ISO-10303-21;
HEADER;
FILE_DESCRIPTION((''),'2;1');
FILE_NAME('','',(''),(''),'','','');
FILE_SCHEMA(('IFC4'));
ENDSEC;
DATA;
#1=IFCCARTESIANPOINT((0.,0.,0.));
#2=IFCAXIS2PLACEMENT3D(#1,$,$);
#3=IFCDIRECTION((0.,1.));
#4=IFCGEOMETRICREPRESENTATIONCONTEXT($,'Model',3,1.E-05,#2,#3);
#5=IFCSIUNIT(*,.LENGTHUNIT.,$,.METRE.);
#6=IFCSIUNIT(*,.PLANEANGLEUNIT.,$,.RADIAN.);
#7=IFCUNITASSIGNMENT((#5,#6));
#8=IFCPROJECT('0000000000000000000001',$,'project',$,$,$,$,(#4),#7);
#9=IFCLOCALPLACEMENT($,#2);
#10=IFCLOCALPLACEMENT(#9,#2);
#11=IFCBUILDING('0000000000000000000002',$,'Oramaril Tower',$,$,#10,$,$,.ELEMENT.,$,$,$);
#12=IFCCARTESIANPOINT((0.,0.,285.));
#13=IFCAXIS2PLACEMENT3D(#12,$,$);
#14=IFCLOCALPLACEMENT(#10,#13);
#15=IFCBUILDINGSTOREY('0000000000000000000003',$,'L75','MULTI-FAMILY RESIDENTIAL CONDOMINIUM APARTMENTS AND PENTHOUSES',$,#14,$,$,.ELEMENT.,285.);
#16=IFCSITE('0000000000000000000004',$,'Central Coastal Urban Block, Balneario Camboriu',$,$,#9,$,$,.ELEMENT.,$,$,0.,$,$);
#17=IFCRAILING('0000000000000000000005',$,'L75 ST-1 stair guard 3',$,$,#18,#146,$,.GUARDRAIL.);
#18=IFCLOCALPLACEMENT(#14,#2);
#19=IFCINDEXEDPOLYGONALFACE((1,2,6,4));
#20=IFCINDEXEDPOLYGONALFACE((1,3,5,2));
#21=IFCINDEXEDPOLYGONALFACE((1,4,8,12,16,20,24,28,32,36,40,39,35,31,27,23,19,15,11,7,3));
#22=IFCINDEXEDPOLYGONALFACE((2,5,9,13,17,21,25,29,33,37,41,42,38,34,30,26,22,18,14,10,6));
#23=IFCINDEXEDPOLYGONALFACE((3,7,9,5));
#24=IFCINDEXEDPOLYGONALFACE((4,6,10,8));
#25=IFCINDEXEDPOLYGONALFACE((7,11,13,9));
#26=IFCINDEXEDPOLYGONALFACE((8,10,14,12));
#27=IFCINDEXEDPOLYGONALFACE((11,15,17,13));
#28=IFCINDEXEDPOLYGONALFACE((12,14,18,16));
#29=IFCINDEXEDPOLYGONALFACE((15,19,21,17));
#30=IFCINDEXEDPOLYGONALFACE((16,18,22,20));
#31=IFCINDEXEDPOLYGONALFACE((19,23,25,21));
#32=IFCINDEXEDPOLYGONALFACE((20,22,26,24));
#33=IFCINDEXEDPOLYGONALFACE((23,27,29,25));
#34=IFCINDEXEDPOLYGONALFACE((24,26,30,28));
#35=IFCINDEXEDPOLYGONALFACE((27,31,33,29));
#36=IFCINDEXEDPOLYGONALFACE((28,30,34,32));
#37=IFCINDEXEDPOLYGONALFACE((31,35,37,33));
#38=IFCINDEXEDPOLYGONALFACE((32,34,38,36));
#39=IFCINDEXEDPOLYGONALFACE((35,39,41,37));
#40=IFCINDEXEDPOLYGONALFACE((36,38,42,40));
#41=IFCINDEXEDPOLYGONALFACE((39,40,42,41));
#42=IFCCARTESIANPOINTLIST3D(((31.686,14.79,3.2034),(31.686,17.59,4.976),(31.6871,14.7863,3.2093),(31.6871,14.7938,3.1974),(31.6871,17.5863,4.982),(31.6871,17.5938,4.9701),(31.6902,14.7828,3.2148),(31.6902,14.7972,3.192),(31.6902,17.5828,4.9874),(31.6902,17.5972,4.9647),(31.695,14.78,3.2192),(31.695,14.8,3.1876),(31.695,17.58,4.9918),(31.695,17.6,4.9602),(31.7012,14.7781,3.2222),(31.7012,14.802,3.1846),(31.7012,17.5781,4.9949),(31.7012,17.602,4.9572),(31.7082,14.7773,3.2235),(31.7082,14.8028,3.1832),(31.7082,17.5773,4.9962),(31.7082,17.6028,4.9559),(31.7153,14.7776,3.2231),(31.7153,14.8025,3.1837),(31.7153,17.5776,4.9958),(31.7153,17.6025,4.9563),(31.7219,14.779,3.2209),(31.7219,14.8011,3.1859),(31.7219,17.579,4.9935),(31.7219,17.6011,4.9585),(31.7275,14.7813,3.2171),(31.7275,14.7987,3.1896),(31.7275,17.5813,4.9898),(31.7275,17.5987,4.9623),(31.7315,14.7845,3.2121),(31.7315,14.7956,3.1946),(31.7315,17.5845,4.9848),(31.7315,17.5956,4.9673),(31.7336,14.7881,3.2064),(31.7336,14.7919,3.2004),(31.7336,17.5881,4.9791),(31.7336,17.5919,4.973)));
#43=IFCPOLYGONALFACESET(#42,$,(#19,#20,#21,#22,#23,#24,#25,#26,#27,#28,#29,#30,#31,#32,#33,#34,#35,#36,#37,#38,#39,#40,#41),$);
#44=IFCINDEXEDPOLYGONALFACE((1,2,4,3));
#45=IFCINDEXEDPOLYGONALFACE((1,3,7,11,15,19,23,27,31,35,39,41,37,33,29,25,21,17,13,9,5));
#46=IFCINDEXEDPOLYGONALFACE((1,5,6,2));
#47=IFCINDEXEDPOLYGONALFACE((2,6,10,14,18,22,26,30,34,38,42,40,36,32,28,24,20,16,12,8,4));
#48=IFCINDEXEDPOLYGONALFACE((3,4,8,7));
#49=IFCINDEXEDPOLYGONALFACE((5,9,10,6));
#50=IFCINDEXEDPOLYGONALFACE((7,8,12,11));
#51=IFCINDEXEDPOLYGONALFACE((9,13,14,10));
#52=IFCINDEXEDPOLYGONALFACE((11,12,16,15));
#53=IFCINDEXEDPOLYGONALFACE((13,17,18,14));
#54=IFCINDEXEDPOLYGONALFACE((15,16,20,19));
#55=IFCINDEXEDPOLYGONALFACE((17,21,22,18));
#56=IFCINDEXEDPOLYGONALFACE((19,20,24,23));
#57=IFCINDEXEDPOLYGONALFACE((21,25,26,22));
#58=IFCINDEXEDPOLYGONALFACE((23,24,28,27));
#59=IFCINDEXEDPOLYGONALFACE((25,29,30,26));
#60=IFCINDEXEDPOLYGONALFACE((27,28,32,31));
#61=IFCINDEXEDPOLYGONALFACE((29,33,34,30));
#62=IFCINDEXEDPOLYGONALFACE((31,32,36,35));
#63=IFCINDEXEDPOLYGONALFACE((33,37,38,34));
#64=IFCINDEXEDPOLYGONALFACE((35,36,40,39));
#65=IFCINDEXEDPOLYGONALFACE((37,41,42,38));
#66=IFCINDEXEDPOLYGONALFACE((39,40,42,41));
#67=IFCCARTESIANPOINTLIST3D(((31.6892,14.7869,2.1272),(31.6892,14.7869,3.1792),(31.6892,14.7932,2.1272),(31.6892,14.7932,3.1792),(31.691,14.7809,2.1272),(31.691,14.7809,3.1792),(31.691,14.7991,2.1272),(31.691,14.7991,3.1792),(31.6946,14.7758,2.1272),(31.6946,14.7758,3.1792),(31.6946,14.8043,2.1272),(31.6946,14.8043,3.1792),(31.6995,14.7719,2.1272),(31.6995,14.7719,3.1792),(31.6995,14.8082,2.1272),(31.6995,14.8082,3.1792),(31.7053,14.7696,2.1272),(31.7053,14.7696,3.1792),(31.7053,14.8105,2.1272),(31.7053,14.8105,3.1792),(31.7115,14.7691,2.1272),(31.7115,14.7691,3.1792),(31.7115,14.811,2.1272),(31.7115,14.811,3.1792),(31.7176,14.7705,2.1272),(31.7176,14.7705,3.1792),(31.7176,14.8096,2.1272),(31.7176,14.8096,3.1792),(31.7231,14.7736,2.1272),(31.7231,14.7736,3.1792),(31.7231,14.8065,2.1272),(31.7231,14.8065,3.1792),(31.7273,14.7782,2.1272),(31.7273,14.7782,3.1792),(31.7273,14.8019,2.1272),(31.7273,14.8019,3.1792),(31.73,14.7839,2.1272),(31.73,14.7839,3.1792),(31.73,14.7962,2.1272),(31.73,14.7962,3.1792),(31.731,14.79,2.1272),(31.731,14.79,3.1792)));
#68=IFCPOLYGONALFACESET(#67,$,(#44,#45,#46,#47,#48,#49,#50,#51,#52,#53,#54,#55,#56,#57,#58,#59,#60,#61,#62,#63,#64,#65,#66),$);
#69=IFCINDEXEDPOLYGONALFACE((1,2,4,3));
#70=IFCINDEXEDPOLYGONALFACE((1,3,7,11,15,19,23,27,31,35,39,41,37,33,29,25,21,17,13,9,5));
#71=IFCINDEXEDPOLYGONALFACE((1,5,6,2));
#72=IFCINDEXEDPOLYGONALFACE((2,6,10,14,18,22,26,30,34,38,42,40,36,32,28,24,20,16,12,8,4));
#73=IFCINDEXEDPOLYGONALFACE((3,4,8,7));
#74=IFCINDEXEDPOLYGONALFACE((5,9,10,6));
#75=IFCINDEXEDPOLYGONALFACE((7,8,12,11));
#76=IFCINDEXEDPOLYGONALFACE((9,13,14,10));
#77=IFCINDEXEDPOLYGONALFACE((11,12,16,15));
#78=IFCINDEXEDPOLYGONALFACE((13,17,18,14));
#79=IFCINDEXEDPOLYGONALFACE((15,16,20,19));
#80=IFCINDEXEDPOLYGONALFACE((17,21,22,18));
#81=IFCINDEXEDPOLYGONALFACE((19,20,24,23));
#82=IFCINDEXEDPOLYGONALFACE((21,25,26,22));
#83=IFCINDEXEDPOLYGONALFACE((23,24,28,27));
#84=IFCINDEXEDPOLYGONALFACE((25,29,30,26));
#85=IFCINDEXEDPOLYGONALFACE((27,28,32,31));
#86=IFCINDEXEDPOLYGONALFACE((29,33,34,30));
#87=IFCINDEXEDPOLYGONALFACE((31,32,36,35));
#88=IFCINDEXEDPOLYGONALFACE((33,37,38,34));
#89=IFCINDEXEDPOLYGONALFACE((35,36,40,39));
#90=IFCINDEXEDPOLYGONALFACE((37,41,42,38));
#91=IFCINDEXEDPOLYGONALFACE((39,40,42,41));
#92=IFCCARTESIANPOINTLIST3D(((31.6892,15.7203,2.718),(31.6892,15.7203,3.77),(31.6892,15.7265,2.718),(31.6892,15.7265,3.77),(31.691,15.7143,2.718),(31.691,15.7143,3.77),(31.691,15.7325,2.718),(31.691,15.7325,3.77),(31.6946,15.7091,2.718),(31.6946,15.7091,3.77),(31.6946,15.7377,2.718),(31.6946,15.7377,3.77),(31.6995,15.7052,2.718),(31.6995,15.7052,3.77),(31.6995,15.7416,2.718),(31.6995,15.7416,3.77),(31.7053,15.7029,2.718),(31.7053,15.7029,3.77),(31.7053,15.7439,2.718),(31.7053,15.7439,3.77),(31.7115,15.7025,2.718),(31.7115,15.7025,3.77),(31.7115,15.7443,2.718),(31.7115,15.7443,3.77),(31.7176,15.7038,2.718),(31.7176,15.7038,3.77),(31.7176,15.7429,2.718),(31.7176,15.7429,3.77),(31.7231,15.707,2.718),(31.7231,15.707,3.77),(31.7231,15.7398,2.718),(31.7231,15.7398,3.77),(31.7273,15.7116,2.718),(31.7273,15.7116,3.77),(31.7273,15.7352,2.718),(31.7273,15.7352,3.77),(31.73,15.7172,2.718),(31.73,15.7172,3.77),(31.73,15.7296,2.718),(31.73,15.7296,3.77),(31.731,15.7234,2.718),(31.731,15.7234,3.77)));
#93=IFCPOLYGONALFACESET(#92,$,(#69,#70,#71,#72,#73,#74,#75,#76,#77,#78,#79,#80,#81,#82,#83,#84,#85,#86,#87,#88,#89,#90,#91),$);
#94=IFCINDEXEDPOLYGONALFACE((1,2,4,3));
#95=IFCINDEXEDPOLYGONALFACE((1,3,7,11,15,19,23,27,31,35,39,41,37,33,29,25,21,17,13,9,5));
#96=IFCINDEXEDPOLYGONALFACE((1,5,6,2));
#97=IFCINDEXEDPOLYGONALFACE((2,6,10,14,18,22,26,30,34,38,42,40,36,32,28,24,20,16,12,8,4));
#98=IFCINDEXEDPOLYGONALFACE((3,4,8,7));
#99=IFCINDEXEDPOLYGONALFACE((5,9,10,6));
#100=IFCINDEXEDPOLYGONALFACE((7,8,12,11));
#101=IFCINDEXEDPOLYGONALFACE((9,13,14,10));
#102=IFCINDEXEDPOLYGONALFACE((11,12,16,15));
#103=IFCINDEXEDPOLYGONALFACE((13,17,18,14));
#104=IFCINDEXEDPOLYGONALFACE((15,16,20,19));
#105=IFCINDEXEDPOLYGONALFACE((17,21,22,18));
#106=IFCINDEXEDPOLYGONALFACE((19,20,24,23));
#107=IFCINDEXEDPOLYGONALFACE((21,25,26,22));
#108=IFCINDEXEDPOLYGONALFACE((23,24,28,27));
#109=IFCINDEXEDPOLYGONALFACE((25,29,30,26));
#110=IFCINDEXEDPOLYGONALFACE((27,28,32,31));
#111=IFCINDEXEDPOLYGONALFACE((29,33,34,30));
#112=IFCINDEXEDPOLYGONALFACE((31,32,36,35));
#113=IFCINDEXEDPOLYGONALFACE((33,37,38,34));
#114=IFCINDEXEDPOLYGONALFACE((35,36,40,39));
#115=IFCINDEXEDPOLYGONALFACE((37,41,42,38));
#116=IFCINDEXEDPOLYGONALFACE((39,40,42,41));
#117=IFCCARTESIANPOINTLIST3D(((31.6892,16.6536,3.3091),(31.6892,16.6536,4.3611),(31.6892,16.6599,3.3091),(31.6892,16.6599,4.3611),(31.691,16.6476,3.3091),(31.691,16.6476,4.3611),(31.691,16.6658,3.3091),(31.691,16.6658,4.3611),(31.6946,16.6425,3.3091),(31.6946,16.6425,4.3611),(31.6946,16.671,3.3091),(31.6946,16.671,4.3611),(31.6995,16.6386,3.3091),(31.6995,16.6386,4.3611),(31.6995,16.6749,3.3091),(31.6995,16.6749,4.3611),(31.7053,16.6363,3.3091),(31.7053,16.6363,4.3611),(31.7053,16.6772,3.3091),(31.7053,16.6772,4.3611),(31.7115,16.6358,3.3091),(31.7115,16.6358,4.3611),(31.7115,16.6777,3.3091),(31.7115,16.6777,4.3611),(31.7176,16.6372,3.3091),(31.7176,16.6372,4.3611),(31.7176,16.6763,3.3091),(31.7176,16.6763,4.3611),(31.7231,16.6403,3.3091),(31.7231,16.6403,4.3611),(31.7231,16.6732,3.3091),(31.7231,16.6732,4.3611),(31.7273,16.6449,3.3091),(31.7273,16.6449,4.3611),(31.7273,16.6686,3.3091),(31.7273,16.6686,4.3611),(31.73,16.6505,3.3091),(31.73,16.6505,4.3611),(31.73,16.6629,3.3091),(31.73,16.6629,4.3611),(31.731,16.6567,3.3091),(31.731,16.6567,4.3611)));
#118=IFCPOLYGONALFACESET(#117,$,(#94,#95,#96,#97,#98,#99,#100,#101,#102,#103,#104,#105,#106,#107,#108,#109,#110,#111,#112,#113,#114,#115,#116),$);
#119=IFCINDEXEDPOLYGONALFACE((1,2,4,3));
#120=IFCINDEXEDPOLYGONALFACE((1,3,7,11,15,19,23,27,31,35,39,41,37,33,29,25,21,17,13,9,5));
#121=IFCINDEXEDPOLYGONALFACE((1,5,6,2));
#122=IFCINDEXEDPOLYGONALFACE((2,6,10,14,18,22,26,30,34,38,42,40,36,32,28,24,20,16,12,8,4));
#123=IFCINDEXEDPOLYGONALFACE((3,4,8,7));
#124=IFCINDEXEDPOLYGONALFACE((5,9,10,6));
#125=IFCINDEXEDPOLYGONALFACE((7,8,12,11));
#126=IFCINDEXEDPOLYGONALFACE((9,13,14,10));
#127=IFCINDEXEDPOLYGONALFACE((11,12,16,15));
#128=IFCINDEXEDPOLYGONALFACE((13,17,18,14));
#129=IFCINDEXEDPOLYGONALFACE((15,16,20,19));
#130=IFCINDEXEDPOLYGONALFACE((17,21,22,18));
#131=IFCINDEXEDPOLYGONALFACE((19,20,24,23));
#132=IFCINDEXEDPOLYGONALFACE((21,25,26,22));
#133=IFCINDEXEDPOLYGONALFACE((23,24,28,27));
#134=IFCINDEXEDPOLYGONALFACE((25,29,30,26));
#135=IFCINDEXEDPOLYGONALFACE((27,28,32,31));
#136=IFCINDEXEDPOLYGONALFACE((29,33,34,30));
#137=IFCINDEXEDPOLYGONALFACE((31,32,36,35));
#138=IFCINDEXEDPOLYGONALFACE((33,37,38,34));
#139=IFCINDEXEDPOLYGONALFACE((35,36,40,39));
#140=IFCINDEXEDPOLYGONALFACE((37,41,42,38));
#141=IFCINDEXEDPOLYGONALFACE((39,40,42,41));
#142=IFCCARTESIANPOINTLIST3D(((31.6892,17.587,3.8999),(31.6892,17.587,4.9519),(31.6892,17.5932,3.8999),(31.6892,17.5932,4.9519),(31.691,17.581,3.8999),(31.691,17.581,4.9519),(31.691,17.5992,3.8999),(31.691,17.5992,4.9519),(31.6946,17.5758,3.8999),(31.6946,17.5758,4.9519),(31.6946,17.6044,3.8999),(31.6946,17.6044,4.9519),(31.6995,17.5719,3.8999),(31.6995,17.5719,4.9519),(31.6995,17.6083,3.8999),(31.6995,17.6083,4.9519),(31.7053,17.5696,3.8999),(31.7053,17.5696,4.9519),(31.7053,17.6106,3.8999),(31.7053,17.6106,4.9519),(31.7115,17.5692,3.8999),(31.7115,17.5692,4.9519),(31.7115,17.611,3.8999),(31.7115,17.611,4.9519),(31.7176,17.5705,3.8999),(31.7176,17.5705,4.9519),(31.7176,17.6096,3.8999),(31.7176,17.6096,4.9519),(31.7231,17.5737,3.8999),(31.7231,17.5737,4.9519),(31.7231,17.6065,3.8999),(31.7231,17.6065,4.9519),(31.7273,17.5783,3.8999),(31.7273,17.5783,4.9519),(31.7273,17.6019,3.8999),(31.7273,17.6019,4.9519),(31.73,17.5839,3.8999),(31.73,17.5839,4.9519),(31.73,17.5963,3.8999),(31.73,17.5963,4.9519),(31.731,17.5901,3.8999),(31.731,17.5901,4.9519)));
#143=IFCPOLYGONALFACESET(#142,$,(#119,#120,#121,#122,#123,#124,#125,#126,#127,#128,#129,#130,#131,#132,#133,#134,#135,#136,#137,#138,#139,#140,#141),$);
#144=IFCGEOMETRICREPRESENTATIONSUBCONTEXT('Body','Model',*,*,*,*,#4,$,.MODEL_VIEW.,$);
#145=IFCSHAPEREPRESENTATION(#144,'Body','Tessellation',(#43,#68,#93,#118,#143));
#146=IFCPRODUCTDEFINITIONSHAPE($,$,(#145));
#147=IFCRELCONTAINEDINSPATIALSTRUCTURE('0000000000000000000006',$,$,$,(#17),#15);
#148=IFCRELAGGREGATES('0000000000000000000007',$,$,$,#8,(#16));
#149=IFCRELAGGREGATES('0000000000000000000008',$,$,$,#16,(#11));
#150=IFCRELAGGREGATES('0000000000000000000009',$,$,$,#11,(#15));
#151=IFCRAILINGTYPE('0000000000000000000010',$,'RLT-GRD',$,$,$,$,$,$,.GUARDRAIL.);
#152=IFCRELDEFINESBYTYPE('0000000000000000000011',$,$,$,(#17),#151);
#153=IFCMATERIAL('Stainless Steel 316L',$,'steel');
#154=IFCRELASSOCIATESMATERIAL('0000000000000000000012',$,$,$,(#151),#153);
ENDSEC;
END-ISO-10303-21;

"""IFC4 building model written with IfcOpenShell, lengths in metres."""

from ifc_helpers import new_model, si_unit, direction, frame, origin, origin_2d, place, context, subcontext, project, spatial, circle, extrude, material, type_object, element, save


model = new_model("IFC4")

# Units and contexts
model_context = context("Model", 3, precision=1e-05, world=origin(), true_north=direction((0.0, 1.0)))
body_context = subcontext(model_context, "Body", "Model", "MODEL_VIEW")
ifc_project = project(units=[si_unit("LENGTHUNIT", "METRE"), si_unit("PLANEANGLEUNIT", "RADIAN")], contexts=[model_context])

# Site, building, storey
site_placement = place(None, origin())
site = spatial("IfcSite", under=ifc_project, at=site_placement, Name="Central Coastal Urban Block, Balneario Camboriu", CompositionType="ELEMENT", RefElevation=0.0)
building_placement = place(site_placement, origin())
building = spatial("IfcBuilding", under=site, at=building_placement, Name="Oramaril Tower", CompositionType="ELEMENT")
storey_placement = place(building_placement, frame((0.0, 0.0, 285.0)))
storey = spatial("IfcBuildingStorey", under=building, at=storey_placement, Name="L75", Description="MULTI-FAMILY RESIDENTIAL CONDOMINIUM APARTMENTS AND PENTHOUSES", CompositionType="ELEMENT", Elevation=285.0)

# Railing
ifc_material_1 = material(Name="Stainless Steel 316L", Category="steel")
railing_type_1 = type_object("IfcRailingType", Name="RLT-GRD", PredefinedType="GUARDRAIL", material=ifc_material_1)
railing_1_placement = place(storey_placement, frame((31.71, 14.79, 2.1272)))
element("IfcRailing", 1, at=railing_1_placement, inside=storey, type_object=railing_type_1, Name="L75 ST-1 stair guard 3", PredefinedType="GUARDRAIL", context=body_context, shape_type="SweptSolid", body=[
    extrude(circle(Radius=0.0239, at=origin_2d()), frame((0.0, 0.0, 1.0762), z_axis=(0.0, 0.844909, 0.53491), x_axis=(-1.0, 0.0, 0.0)), (0.0, 0.0, 1.0), 3.314),
    extrude(circle(Radius=0.021, at=origin_2d()), origin(), (0.0, 0.0, 1.0), 1.052),
    extrude(circle(Radius=0.021, at=origin_2d()), frame((0.0, 0.9333, 0.5908)), (0.0, 0.0, 1.0), 1.052),
    extrude(circle(Radius=0.021, at=origin_2d()), frame((0.0, 1.8667, 1.1819)), (0.0, 0.0, 1.0), 1.052),
    extrude(circle(Radius=0.021, at=origin_2d()), frame((0.0, 2.8, 1.7727)), (0.0, 0.0, 1.0), 1.052),
])

save(model, "model.ifc")
